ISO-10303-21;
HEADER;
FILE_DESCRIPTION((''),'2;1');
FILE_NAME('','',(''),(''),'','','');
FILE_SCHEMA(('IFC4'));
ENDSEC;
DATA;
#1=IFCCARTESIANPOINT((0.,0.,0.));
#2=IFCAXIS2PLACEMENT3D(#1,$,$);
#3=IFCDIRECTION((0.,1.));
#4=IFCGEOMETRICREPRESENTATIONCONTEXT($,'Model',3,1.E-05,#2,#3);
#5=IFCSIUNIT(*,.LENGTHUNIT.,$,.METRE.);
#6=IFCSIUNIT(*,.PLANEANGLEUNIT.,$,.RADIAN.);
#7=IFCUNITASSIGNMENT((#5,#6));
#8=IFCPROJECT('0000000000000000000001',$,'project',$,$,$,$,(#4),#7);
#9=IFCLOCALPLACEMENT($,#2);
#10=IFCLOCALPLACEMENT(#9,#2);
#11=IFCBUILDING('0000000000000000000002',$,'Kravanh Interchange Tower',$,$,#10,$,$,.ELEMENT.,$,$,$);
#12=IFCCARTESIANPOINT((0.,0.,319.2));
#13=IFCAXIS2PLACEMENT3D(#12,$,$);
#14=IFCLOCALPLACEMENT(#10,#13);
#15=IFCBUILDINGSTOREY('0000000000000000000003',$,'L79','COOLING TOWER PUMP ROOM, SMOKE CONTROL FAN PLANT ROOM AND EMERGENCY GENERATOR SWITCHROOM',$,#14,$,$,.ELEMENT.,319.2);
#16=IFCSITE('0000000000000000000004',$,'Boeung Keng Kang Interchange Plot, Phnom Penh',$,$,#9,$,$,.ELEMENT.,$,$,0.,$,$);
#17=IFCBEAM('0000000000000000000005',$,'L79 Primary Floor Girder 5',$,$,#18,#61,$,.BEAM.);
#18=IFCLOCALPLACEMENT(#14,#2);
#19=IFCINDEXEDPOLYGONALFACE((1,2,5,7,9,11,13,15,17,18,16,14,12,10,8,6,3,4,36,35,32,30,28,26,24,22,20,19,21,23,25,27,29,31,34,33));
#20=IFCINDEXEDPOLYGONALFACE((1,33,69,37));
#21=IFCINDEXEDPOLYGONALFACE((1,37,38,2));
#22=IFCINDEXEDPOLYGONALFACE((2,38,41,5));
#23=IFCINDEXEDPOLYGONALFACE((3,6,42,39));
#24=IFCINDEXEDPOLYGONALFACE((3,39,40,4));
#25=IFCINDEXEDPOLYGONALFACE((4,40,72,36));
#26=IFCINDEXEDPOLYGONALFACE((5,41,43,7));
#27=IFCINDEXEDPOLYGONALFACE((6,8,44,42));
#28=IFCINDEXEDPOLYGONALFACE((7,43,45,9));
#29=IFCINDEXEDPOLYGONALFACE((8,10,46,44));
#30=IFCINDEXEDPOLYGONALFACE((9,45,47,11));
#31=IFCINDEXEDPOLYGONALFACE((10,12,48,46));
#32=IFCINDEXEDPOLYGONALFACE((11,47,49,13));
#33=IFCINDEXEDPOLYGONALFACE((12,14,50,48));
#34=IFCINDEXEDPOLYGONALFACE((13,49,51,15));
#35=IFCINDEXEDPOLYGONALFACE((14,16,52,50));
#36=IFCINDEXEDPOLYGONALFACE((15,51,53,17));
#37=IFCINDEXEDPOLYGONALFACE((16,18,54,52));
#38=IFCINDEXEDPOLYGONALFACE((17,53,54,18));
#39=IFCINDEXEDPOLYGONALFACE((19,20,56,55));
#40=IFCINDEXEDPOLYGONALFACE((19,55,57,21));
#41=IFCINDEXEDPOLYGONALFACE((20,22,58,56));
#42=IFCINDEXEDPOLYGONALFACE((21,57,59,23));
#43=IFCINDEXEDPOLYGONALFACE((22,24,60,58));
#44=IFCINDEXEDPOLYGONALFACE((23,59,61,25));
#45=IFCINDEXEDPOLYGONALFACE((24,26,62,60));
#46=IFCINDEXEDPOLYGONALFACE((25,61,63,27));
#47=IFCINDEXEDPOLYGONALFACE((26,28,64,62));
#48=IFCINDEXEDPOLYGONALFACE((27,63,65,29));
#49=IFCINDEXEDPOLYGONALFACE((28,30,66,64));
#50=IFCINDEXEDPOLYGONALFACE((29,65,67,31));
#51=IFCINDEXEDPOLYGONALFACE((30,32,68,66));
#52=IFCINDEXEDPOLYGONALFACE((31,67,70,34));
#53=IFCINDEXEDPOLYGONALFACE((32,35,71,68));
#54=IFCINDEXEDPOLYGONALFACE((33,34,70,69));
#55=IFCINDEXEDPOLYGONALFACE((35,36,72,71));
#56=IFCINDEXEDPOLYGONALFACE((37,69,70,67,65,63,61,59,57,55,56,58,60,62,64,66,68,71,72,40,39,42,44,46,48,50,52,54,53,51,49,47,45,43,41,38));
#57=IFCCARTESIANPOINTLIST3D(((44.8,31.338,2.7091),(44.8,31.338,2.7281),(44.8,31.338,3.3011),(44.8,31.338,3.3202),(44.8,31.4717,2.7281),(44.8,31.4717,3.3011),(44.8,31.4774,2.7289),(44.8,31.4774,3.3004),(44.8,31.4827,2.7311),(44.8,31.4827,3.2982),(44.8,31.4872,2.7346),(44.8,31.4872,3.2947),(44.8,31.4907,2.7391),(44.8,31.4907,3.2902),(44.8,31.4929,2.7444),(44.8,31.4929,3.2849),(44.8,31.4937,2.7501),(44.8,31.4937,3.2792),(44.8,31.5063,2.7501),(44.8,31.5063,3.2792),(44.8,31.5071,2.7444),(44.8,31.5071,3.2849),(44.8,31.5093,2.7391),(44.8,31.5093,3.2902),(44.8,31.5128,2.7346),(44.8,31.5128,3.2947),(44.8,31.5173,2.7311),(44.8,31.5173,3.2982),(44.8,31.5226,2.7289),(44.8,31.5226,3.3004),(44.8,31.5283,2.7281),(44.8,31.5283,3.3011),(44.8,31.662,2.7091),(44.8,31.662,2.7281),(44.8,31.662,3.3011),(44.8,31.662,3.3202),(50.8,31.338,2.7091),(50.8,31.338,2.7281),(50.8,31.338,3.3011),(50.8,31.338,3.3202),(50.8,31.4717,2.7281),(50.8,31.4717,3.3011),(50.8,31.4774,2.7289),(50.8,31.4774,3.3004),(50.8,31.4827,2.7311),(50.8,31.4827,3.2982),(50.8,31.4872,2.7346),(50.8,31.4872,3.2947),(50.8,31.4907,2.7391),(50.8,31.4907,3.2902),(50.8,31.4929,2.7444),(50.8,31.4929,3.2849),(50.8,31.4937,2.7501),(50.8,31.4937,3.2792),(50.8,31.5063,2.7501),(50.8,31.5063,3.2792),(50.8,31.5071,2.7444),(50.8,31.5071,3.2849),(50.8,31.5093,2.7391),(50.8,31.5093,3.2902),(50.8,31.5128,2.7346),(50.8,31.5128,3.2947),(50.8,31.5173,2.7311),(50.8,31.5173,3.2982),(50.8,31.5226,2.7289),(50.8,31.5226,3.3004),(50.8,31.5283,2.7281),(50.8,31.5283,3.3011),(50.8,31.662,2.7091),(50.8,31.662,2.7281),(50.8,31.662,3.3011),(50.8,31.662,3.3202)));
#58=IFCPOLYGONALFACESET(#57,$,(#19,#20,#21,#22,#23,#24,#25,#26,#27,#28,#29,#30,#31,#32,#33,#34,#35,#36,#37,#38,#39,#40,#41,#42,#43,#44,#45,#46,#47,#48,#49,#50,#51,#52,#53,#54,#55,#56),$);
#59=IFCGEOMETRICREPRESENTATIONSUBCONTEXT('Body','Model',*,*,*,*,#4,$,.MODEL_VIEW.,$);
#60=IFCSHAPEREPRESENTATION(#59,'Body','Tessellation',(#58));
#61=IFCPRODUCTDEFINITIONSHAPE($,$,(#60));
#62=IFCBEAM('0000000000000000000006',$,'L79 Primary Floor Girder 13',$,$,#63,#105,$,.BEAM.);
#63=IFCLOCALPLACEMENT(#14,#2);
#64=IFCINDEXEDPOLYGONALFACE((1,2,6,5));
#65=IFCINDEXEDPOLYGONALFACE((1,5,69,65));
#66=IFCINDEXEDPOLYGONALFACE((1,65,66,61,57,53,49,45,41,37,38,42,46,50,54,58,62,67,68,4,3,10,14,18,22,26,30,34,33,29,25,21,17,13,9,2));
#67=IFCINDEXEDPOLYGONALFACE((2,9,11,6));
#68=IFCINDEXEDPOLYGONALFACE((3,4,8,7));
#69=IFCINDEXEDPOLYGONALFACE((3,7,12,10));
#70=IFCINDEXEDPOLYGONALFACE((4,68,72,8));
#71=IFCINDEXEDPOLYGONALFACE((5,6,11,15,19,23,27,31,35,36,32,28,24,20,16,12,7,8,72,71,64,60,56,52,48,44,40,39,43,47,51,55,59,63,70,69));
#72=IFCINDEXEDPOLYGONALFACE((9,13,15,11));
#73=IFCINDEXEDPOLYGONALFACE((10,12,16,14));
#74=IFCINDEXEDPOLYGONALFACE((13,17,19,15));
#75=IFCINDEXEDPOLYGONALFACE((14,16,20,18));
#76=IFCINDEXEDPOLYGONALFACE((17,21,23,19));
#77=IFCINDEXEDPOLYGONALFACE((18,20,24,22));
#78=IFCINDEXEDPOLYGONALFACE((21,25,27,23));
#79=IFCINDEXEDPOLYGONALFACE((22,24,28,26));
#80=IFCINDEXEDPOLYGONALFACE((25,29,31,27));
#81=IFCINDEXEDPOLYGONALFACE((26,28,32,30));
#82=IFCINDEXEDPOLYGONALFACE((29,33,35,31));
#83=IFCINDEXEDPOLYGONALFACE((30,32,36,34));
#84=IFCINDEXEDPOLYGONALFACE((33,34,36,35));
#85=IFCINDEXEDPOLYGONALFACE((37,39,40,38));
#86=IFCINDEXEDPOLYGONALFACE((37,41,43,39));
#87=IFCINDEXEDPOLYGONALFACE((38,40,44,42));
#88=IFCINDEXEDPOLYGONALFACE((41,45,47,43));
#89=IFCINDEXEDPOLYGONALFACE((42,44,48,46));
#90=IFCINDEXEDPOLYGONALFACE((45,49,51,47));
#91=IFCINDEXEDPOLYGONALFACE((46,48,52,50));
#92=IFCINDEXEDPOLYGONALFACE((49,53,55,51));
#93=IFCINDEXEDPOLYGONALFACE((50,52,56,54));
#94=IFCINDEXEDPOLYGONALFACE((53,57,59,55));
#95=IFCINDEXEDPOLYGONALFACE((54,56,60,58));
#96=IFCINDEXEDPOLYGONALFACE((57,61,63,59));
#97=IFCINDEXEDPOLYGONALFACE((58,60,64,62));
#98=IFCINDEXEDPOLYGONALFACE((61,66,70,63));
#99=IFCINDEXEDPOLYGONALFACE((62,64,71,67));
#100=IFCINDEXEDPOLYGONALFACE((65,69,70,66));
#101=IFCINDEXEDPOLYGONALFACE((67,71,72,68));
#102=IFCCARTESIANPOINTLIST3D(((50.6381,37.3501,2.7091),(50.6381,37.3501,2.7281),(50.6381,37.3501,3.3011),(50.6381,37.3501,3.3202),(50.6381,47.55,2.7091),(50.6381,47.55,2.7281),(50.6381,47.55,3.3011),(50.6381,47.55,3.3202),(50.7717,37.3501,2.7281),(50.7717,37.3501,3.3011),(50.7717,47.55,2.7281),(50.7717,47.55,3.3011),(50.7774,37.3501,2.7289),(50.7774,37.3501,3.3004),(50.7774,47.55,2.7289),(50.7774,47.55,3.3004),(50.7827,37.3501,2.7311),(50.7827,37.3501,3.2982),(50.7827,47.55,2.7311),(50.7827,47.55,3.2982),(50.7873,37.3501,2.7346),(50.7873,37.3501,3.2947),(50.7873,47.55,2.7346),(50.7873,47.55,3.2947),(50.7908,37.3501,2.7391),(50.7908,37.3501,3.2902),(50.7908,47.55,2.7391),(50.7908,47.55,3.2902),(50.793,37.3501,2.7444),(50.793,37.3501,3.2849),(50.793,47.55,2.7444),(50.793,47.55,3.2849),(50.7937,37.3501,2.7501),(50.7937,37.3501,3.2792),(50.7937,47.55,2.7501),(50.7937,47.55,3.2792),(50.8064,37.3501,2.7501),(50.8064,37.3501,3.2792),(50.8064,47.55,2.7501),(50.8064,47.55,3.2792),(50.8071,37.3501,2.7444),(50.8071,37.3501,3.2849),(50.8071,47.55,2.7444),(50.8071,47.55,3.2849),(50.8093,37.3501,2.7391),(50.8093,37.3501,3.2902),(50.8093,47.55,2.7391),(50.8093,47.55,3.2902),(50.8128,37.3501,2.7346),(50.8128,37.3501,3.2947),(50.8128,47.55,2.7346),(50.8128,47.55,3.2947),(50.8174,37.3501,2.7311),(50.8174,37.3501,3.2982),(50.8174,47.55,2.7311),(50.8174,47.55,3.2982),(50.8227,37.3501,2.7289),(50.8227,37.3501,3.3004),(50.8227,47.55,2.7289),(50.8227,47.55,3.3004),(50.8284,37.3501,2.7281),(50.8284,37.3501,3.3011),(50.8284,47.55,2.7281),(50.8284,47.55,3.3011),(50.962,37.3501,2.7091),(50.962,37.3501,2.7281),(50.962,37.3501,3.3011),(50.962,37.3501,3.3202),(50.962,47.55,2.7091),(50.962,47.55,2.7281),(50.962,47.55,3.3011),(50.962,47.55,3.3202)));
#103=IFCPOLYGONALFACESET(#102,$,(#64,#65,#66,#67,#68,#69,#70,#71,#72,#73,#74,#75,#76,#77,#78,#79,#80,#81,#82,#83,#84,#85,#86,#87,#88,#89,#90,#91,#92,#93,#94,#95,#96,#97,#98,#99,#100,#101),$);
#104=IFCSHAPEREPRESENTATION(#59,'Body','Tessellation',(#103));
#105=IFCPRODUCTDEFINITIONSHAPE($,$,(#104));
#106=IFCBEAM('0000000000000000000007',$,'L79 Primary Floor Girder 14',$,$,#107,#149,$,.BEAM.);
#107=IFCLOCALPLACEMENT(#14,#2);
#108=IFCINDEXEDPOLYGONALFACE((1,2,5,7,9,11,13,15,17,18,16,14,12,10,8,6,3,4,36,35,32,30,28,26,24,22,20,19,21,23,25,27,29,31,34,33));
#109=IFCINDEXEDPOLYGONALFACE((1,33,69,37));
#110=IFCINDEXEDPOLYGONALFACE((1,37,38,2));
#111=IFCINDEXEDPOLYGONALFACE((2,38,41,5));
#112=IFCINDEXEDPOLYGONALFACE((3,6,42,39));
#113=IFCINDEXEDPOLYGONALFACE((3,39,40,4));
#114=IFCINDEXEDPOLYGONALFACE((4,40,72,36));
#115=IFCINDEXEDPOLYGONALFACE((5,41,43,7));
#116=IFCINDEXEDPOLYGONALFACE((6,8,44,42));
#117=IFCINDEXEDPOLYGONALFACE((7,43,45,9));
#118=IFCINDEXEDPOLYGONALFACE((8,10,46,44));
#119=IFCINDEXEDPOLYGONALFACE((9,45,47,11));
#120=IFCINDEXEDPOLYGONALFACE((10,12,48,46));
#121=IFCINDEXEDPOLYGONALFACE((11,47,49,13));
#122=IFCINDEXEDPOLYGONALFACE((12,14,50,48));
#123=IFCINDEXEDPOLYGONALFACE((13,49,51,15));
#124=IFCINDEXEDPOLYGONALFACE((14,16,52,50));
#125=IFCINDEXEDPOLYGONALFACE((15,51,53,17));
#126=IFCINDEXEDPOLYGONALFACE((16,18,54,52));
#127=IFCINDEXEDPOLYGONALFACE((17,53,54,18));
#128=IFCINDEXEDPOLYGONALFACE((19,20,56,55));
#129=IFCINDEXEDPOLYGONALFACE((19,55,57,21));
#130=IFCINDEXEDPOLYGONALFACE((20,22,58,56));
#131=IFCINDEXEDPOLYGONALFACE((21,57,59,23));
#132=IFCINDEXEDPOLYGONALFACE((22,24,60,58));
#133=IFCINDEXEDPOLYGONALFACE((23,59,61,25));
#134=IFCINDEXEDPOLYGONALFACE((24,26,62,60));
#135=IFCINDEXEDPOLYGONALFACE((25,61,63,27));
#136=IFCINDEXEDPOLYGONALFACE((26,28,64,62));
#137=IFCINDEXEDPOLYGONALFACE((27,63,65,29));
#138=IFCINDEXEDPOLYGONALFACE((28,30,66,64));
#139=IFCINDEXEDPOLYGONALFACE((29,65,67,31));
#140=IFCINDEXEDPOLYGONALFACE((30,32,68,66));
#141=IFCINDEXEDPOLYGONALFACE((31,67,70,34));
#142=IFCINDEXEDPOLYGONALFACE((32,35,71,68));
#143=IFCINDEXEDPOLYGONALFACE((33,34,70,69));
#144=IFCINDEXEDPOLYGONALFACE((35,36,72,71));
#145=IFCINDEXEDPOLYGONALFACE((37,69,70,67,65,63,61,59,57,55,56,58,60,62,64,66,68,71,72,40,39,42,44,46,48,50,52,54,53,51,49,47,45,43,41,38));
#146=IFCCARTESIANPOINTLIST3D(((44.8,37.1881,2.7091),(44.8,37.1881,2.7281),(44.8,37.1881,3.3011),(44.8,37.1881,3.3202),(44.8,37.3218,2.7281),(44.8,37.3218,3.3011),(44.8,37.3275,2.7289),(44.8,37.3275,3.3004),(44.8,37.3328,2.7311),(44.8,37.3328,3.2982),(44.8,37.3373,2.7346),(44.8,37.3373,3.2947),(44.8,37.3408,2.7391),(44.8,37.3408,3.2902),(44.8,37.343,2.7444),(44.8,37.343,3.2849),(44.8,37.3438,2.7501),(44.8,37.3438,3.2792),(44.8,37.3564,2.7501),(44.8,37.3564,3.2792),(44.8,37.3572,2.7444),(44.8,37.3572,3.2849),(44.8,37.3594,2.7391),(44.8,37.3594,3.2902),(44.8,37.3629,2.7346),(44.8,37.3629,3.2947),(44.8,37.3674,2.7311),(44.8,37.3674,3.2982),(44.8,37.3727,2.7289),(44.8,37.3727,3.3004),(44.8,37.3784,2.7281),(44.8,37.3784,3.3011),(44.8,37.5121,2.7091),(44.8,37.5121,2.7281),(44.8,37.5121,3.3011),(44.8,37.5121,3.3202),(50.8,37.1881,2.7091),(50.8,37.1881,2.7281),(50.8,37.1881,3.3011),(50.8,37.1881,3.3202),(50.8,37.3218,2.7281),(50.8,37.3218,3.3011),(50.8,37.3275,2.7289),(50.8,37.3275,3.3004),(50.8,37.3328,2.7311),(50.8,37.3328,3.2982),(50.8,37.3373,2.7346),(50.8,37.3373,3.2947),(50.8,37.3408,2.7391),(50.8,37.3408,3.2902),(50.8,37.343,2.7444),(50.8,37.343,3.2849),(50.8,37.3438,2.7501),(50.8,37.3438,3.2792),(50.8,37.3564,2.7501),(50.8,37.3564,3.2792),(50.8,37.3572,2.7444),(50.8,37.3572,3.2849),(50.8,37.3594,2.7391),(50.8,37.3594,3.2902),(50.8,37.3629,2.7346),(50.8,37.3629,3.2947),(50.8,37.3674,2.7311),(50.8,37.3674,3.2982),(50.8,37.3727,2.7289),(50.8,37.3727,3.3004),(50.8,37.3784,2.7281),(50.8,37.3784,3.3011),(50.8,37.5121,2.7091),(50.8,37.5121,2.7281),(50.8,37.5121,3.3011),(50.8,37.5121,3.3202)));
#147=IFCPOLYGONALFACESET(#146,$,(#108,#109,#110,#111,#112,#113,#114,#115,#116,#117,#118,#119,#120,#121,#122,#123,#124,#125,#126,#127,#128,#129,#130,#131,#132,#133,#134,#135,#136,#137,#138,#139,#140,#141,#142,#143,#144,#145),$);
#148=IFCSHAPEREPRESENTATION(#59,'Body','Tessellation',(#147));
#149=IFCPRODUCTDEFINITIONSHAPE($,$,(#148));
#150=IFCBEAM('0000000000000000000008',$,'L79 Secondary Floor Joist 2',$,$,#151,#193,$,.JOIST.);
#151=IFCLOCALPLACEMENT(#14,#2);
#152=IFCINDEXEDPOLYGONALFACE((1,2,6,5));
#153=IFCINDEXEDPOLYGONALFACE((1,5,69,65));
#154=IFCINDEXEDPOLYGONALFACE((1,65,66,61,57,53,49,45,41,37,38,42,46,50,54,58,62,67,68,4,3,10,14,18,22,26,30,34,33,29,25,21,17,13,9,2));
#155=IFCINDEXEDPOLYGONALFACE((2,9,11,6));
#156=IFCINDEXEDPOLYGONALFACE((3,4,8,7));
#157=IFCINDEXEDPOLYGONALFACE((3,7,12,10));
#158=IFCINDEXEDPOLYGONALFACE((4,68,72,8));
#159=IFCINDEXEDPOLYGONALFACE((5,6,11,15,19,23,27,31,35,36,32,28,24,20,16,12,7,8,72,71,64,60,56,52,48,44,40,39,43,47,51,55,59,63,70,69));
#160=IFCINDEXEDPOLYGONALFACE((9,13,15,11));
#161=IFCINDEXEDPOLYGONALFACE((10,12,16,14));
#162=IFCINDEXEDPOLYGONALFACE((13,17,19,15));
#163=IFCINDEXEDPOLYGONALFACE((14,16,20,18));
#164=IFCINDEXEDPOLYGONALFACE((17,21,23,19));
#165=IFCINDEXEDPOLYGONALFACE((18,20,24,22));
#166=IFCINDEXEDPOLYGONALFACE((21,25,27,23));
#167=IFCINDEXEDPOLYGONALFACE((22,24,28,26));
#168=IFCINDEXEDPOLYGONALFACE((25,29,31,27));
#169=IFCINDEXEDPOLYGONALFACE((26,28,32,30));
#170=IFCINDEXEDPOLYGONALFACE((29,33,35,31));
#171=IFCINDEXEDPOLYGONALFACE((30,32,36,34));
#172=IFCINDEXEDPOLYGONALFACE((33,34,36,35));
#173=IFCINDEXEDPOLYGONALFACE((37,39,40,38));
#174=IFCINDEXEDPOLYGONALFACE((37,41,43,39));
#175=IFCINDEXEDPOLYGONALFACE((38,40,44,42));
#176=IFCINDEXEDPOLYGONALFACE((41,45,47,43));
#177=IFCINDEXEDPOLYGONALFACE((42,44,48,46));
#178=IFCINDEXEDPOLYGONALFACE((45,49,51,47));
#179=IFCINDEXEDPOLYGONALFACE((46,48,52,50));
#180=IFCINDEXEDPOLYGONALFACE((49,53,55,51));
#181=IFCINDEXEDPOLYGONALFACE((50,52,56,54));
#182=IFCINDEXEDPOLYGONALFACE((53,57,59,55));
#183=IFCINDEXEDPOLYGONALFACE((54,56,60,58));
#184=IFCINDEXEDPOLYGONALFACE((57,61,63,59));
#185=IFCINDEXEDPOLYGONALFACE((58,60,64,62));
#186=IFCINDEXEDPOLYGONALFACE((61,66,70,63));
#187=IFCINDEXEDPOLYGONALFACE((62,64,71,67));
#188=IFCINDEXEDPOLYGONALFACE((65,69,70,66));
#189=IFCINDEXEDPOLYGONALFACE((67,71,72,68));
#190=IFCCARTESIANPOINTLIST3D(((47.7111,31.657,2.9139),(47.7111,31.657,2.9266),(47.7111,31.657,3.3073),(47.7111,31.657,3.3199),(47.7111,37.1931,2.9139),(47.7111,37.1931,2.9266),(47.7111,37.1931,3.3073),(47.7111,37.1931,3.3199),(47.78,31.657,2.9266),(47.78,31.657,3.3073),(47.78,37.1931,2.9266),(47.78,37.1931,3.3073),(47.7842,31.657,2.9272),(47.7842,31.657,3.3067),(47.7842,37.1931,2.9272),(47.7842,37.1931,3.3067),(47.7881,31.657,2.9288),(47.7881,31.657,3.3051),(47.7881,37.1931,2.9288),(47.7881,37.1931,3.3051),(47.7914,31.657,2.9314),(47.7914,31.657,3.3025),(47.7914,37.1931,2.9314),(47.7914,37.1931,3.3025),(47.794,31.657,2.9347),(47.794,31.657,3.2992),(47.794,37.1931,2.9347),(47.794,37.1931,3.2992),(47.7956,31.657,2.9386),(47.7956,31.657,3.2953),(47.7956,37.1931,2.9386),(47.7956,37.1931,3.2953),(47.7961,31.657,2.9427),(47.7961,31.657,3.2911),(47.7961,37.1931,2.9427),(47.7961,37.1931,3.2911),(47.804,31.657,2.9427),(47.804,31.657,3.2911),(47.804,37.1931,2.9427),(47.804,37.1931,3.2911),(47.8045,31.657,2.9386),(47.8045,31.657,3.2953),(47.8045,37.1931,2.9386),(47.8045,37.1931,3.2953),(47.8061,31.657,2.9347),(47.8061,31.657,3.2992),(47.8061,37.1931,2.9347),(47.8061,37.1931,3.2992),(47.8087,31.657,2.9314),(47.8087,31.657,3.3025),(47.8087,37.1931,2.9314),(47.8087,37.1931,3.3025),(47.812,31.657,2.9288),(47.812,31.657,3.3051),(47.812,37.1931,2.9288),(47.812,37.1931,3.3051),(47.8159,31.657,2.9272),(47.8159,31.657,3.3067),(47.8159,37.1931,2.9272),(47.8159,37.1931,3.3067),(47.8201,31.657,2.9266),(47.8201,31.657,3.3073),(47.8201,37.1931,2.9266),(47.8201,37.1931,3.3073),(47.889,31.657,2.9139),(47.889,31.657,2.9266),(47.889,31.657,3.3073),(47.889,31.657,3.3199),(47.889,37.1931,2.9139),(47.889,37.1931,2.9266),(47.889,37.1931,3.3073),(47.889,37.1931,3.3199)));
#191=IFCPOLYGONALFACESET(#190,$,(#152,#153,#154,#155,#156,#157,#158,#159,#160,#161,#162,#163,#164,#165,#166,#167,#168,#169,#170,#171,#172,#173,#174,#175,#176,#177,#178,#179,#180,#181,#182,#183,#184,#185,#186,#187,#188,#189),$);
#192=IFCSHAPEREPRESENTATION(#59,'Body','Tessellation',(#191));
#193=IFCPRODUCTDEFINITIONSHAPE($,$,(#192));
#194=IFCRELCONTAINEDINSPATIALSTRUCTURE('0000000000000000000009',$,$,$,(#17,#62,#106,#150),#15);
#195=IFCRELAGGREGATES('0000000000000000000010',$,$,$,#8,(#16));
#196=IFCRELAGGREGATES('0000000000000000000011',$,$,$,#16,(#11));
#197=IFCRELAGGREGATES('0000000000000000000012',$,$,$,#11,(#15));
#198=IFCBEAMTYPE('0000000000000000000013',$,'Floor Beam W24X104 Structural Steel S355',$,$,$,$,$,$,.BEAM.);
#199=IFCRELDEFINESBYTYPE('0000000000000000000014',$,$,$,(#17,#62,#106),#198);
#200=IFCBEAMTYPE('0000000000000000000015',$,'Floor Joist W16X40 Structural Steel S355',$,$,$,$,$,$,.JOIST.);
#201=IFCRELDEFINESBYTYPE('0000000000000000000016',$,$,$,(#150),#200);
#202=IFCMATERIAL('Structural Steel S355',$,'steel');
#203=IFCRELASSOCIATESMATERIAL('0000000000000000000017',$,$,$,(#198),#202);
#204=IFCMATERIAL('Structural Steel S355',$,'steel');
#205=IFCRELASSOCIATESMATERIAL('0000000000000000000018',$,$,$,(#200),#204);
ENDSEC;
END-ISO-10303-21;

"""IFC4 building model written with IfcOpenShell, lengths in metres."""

from ifc_helpers import new_model, si_unit, direction, frame, origin, origin_2d, place, context, subcontext, project, spatial, i_section, extrude, material, material_profile, profile_set, type_object, element, save


model = new_model("IFC4")

# Units and contexts
model_context = context("Model", 3, precision=1e-05, world=origin(), true_north=direction((0.0, 1.0)))
body_context = subcontext(model_context, "Body", "Model", "MODEL_VIEW")
ifc_project = project(units=[si_unit("LENGTHUNIT", "METRE"), si_unit("PLANEANGLEUNIT", "RADIAN")], contexts=[model_context])

# Site, building, storey
site_placement = place(None, origin())
site = spatial("IfcSite", under=ifc_project, at=site_placement, Name="Boeung Keng Kang Interchange Plot, Phnom Penh", CompositionType="ELEMENT", RefElevation=0.0)
building_placement = place(site_placement, origin())
building = spatial("IfcBuilding", under=site, at=building_placement, Name="Kravanh Interchange Tower", CompositionType="ELEMENT")
storey_placement = place(building_placement, frame((0.0, 0.0, 319.2)))
storey = spatial("IfcBuildingStorey", under=building, at=storey_placement, Name="L79", Description="COOLING TOWER PUMP ROOM, SMOKE CONTROL FAN PLANT ROOM AND EMERGENCY GENERATOR SWITCHROOM", CompositionType="ELEMENT", Elevation=319.2)

# Beams
ifc_material_1 = material(Name="Structural Steel S355", Category="steel")
ifc_material_profile_1 = material_profile(ifc_material_1, i_section(OverallWidth=0.324, OverallDepth=0.6111, WebThickness=0.0127, FlangeThickness=0.019, FilletRadius=0.022, at=origin_2d()), Name="W24X104")
ifc_profile_set_1 = profile_set([ifc_material_profile_1], Name="Structural Steel S355")
beam_type_1 = type_object("IfcBeamType", Name="Floor Beam W24X104 Structural Steel S355", PredefinedType="BEAM", material=ifc_profile_set_1)
beam_1_placement = place(storey_placement, frame((50.8, 31.5, 3.0146), z_axis=(-1.0, 0.0, 0.0), x_axis=(0.0, -1.0, 0.0)))
element("IfcBeam", 1, at=beam_1_placement, inside=storey, type_object=beam_type_1, Name="L79 Primary Floor Girder 5", PredefinedType="BEAM", context=body_context, shape_type="SweptSolid", body=[
    extrude(i_section(OverallWidth=0.324, OverallDepth=0.6111, WebThickness=0.0127, FlangeThickness=0.019, FilletRadius=0.022, at=origin_2d()), origin(), (0.0, 0.0, 1.0), 6.0),
])
beam_2_placement = place(storey_placement, frame((50.8, 47.55, 3.0146), z_axis=(0.0, -1.0, 0.0), x_axis=(1.0, 0.0, 0.0)))
element("IfcBeam", 2, at=beam_2_placement, inside=storey, type_object=beam_type_1, Name="L79 Primary Floor Girder 13", PredefinedType="BEAM", context=body_context, shape_type="SweptSolid", body=[
    extrude(i_section(OverallWidth=0.324, OverallDepth=0.6111, WebThickness=0.0127, FlangeThickness=0.019, FilletRadius=0.022, at=origin_2d()), origin(), (0.0, 0.0, 1.0), 10.2),
])
beam_3_placement = place(storey_placement, frame((50.8, 37.3501, 3.0146), z_axis=(-1.0, 0.0, 0.0), x_axis=(0.0, -1.0, 0.0)))
element("IfcBeam", 3, at=beam_3_placement, inside=storey, type_object=beam_type_1, Name="L79 Primary Floor Girder 14", PredefinedType="BEAM", context=body_context, shape_type="SweptSolid", body=[
    extrude(i_section(OverallWidth=0.324, OverallDepth=0.6111, WebThickness=0.0127, FlangeThickness=0.019, FilletRadius=0.022, at=origin_2d()), origin(), (0.0, 0.0, 1.0), 6.0),
])
ifc_material_2 = material(Name="Structural Steel S355", Category="steel")
ifc_material_profile_2 = material_profile(ifc_material_2, i_section(OverallWidth=0.178, OverallDepth=0.406, WebThickness=0.0078, FlangeThickness=0.0127, FilletRadius=0.0161, at=origin_2d()), Name="W16X40")
ifc_profile_set_2 = profile_set([ifc_material_profile_2], Name="Structural Steel S355")
beam_type_2 = type_object("IfcBeamType", Name="Floor Joist W16X40 Structural Steel S355", PredefinedType="JOIST", material=ifc_profile_set_2)
for number, where, z_axis, x_axis, name in (
    (4, (47.8, 31.657, 3.1169), (0.0, 1.0, 0.0), (-1.0, 0.0, 0.0), "L79 Secondary Floor Joist 2"),
):
    element("IfcBeam", number, at=place(storey_placement, frame(where, z_axis=z_axis, x_axis=x_axis)), inside=storey, type_object=beam_type_2, Name=name, PredefinedType="JOIST", context=body_context, shape_type="SweptSolid", body=[
        extrude(i_section(OverallWidth=0.178, OverallDepth=0.406, WebThickness=0.0078, FlangeThickness=0.0127, FilletRadius=0.0161, at=origin_2d()), origin(), (0.0, 0.0, 1.0), 5.5361),
    ])

save(model, "model.ifc")
